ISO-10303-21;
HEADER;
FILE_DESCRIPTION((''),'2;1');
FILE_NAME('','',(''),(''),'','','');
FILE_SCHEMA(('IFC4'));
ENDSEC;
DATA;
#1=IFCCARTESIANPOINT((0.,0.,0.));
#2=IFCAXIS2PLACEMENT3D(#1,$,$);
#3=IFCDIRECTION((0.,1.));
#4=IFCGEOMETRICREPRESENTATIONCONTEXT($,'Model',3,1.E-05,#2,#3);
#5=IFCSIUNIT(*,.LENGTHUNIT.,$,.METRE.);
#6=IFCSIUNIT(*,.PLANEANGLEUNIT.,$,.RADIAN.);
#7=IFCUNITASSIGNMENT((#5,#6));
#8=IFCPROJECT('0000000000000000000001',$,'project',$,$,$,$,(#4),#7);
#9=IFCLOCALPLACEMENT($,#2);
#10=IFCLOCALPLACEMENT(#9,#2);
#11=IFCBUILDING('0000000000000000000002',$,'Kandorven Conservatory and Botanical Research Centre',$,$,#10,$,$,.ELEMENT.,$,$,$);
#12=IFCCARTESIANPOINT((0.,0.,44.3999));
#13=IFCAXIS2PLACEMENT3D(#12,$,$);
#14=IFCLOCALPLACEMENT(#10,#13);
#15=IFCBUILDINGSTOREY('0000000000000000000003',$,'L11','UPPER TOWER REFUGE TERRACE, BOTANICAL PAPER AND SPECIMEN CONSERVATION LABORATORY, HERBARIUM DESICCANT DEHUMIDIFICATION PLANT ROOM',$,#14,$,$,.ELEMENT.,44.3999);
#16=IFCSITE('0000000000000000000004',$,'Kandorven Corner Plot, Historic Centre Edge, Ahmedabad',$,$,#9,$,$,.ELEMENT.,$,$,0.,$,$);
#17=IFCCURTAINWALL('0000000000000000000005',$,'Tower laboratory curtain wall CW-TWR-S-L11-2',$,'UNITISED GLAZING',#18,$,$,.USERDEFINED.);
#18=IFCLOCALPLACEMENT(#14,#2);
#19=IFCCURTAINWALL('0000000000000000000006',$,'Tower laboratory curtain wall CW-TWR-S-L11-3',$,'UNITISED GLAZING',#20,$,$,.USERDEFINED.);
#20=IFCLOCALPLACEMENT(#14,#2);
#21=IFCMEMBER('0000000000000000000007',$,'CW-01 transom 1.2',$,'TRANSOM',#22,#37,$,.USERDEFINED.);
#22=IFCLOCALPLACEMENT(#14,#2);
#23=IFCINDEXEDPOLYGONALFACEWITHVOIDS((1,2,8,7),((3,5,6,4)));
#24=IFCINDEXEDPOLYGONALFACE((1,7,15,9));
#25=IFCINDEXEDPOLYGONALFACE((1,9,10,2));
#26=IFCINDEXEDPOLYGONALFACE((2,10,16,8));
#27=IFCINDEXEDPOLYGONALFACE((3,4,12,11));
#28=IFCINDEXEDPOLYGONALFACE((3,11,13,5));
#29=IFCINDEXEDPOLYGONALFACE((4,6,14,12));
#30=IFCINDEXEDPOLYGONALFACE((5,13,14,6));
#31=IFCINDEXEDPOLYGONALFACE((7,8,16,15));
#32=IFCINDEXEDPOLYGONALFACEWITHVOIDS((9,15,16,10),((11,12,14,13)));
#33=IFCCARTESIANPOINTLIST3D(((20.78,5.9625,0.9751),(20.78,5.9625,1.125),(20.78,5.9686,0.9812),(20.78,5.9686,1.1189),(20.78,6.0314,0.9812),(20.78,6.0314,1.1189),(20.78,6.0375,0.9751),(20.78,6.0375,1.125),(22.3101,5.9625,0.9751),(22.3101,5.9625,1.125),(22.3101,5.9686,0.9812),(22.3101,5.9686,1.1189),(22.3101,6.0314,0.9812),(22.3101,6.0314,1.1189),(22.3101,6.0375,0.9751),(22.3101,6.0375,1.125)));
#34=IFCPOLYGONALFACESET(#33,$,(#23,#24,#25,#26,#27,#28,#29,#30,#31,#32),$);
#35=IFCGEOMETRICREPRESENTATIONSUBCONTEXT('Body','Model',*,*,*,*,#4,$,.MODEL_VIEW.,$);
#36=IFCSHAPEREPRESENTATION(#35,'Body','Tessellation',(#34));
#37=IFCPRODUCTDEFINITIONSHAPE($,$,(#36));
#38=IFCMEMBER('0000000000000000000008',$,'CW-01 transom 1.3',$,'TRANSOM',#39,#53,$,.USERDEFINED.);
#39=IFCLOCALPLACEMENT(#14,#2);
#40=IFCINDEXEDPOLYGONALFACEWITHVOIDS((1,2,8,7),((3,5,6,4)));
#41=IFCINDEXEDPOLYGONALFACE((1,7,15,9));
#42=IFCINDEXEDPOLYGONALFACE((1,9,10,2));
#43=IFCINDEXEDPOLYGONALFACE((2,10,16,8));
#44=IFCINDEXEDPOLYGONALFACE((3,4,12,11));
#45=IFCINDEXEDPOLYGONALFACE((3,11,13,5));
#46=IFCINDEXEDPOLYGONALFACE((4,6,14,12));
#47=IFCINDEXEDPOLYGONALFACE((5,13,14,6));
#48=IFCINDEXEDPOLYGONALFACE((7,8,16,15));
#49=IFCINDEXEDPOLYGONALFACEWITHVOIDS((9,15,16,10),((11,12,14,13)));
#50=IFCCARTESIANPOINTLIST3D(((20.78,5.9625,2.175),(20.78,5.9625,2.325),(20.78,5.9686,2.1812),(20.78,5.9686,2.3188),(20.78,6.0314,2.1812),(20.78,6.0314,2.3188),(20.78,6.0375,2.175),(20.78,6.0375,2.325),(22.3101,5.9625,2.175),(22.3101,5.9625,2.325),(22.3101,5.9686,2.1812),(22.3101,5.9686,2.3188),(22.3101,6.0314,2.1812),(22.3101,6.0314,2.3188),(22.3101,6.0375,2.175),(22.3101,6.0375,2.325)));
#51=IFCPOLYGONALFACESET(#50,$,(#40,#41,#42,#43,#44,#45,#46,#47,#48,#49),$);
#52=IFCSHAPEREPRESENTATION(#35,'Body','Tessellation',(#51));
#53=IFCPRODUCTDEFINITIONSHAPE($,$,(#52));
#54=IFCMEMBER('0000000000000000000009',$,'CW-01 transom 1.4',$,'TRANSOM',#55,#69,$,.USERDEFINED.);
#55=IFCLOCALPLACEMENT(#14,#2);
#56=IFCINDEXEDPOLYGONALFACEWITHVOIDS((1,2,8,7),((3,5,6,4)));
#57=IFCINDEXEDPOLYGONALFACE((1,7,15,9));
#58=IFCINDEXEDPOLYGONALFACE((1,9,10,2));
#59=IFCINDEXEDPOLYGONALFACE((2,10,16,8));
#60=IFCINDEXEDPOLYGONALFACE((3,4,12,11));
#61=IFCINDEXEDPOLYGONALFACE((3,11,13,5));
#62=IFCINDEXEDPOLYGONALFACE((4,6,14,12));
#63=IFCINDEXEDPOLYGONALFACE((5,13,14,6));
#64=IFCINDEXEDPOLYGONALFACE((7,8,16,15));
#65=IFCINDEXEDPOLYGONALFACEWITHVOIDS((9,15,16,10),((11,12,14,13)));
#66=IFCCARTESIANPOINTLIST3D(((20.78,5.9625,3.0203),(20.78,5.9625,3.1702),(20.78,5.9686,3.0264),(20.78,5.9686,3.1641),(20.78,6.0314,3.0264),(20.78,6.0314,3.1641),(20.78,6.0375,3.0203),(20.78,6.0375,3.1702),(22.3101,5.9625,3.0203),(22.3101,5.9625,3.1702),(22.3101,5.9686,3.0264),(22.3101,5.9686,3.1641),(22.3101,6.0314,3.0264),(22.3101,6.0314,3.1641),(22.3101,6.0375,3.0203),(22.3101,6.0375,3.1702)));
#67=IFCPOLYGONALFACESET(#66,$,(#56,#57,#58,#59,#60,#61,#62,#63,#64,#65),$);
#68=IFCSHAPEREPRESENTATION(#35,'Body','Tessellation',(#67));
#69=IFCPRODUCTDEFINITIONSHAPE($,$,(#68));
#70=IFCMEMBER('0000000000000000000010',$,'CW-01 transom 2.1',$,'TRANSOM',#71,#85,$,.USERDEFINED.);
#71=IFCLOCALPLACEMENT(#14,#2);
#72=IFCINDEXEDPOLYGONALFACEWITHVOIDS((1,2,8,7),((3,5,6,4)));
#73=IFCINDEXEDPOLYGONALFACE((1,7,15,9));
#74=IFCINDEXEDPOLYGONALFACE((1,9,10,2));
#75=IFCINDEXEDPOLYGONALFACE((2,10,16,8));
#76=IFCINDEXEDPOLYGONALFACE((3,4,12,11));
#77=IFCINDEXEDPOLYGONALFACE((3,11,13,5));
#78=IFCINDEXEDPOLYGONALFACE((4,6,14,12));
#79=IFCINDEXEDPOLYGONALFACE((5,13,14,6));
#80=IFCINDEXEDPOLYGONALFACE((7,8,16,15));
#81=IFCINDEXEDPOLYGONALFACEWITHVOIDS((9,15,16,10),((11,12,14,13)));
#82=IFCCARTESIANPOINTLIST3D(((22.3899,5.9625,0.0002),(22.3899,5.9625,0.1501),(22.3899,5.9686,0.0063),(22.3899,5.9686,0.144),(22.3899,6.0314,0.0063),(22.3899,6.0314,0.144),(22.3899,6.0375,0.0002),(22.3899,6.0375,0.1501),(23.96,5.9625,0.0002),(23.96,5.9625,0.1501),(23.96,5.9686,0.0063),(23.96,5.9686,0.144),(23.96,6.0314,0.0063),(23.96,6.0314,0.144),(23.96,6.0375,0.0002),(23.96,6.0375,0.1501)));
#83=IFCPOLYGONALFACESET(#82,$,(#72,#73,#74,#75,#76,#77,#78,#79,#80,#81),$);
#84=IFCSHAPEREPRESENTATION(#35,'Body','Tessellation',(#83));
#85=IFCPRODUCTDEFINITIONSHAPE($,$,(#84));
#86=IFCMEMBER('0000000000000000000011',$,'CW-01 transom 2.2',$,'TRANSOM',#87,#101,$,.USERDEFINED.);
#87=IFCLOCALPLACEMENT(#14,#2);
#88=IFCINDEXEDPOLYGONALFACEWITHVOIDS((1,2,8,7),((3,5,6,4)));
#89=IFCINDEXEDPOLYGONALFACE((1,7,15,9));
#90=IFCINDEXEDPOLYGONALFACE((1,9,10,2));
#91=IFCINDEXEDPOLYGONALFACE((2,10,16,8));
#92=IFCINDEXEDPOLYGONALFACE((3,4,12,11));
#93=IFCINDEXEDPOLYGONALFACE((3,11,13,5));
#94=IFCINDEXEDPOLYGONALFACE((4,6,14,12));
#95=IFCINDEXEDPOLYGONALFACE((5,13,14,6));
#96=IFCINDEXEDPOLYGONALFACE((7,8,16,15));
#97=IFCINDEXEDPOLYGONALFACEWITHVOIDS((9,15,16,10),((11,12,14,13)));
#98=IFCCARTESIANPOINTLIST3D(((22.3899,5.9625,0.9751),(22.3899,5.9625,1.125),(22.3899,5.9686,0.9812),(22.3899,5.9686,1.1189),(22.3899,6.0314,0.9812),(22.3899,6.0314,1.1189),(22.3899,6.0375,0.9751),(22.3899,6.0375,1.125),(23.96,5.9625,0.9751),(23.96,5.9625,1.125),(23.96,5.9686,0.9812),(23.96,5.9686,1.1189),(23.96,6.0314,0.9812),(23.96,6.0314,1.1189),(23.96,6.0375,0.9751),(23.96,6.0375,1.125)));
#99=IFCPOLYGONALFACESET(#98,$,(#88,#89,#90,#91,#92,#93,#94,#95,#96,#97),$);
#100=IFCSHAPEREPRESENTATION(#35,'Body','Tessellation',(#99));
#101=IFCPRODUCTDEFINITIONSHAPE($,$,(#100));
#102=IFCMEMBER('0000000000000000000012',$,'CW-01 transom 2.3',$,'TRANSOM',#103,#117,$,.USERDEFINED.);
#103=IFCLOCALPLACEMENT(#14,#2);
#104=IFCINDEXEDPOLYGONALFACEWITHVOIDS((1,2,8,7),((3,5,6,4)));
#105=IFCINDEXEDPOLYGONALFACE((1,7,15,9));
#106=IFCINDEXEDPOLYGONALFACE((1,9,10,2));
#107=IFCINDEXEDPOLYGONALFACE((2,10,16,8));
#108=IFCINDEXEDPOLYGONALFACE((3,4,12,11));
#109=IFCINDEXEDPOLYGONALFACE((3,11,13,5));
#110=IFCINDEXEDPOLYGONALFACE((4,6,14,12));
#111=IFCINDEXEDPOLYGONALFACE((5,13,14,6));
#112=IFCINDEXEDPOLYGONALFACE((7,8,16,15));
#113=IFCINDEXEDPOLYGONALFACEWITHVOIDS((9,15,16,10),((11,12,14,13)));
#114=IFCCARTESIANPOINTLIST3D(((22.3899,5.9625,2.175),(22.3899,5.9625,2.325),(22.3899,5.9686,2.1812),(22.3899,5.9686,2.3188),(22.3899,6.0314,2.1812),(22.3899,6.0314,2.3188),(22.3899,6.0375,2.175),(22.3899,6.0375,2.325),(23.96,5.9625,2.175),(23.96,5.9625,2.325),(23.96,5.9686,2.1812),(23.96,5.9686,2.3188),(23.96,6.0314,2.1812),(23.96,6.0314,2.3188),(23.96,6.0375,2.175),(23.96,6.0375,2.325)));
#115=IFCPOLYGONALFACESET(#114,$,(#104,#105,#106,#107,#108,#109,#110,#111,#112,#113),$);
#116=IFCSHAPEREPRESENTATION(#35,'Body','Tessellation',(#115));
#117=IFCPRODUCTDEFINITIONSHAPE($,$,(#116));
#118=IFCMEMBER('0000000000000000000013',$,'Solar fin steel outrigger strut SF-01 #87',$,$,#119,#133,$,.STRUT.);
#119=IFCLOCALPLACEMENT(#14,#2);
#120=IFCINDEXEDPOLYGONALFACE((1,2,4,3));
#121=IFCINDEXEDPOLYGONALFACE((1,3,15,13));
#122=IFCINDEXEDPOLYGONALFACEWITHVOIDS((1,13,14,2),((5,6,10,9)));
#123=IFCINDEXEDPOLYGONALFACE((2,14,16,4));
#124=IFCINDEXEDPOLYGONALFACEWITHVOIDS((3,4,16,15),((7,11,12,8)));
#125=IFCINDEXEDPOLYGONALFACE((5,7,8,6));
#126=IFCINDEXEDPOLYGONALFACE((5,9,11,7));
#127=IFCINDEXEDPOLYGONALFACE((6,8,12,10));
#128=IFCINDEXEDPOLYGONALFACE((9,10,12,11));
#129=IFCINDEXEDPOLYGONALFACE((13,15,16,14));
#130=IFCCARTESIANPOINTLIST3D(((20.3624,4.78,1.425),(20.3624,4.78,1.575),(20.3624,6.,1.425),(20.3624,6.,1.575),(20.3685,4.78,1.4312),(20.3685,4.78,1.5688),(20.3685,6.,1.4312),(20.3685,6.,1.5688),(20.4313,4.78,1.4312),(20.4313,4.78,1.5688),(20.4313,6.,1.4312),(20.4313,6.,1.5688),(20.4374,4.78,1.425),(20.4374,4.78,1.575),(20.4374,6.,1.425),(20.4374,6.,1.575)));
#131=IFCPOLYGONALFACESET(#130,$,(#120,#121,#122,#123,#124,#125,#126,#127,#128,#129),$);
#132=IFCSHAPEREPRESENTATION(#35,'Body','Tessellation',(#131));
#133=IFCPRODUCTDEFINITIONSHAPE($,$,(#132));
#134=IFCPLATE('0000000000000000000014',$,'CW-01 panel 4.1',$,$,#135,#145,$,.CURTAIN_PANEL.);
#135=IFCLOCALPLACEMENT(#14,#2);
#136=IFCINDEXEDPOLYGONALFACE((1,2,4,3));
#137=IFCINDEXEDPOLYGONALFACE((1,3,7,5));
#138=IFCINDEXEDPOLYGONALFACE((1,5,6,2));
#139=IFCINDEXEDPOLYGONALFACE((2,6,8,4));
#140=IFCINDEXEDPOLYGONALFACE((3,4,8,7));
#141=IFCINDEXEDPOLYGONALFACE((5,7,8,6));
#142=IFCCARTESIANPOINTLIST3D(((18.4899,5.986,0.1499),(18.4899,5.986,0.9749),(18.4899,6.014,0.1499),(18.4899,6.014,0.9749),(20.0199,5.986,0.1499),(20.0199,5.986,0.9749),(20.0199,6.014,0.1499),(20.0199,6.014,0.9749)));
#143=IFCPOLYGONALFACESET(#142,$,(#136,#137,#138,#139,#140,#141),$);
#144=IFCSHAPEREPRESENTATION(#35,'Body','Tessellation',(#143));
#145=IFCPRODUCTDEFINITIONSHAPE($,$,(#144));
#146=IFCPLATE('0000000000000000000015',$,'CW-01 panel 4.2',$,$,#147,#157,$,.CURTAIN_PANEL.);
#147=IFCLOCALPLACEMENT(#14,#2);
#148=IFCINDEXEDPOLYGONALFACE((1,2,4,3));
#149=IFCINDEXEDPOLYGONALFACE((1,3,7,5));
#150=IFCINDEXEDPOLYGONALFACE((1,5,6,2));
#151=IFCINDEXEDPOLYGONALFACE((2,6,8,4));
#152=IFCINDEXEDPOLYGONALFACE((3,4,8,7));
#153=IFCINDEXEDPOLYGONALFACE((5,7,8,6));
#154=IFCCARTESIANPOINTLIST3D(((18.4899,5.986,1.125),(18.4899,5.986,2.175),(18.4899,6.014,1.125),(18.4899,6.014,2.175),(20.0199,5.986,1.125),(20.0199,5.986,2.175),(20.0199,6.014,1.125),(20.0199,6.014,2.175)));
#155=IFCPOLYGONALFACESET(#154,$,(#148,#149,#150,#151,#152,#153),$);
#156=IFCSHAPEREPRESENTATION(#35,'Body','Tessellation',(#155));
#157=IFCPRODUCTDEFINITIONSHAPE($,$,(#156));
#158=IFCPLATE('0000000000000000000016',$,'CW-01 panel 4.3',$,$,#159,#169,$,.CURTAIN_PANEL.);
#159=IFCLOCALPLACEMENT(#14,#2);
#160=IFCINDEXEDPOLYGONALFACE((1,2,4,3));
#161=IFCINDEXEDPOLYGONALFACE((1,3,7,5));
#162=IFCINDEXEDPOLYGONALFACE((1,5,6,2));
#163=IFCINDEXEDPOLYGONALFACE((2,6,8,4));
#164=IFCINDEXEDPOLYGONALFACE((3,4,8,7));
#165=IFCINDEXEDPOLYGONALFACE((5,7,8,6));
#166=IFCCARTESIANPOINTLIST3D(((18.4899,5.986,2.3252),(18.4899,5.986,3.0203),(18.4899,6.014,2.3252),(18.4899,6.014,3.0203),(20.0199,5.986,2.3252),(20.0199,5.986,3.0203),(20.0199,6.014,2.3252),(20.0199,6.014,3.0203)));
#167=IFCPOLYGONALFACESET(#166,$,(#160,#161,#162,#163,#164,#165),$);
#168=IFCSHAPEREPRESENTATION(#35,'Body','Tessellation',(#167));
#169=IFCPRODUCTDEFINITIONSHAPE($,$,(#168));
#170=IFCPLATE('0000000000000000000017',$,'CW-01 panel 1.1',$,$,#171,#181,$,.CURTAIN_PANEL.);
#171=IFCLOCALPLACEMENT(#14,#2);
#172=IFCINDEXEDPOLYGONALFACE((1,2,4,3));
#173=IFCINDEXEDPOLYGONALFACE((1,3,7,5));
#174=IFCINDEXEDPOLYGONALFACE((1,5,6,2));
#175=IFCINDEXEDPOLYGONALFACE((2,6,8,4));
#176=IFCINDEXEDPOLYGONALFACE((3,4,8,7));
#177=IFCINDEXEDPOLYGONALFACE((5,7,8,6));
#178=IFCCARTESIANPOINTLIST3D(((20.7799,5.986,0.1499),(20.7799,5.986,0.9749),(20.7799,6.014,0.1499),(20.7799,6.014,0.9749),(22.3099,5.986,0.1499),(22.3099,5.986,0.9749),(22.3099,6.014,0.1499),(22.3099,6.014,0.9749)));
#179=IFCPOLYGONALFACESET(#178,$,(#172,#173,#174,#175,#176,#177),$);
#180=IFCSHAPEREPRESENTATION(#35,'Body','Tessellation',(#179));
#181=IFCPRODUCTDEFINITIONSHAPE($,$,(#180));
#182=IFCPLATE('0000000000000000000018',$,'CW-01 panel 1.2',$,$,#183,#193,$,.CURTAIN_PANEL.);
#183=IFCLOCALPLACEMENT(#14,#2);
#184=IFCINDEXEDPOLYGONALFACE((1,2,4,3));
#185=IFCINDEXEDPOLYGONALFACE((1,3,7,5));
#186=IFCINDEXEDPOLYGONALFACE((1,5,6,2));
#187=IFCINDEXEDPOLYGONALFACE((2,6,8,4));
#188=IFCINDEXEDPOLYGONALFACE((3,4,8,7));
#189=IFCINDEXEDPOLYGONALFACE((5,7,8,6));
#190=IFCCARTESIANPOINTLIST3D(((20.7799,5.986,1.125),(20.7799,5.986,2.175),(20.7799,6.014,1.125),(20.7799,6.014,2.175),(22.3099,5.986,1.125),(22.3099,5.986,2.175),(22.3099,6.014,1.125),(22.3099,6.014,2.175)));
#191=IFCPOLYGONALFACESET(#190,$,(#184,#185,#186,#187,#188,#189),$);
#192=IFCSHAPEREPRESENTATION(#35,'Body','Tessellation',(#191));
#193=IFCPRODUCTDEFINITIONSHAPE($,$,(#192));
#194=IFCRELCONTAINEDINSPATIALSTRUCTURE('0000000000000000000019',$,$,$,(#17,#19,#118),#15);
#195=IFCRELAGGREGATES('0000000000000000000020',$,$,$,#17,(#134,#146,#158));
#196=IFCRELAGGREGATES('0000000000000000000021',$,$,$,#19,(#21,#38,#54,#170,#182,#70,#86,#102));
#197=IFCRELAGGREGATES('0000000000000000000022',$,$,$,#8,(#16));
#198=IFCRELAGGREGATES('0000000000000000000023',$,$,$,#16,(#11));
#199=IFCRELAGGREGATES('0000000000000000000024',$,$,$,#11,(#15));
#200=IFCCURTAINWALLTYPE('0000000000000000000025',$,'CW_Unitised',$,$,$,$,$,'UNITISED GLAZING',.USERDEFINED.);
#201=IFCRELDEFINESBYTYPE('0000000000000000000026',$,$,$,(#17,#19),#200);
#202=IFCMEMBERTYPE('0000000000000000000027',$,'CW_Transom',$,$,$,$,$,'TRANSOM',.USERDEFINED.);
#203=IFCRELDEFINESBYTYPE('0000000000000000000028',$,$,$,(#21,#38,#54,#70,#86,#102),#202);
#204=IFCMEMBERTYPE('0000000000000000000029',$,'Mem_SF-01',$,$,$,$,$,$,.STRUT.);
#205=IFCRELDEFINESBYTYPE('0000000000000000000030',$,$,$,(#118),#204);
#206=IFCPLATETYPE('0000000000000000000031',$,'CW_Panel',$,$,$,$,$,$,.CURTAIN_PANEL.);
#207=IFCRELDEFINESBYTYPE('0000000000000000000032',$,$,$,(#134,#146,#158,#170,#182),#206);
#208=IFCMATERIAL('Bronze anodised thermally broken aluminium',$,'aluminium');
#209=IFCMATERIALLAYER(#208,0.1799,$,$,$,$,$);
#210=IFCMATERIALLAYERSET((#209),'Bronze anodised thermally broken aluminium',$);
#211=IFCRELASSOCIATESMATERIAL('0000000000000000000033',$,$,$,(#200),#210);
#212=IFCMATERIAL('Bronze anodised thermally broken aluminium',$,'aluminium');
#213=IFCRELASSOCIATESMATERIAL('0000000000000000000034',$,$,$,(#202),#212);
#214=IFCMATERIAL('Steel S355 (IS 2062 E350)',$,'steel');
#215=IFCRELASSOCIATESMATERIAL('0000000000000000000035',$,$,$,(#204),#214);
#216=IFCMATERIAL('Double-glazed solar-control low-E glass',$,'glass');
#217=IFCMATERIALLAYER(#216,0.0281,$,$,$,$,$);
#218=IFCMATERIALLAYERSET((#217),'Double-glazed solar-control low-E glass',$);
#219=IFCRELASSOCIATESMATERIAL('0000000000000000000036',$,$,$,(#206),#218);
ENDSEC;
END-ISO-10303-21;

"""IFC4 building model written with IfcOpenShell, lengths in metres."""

from ifc_helpers import new_model, si_unit, direction, frame, origin, origin_2d, place, context, subcontext, project, spatial, rectangle, hollow_rectangle, extrude, material, layer, layer_set, material_profile, profile_set, type_object, element, aggregate, save


model = new_model("IFC4")

# Units and contexts
model_context = context("Model", 3, precision=1e-05, world=origin(), true_north=direction((0.0, 1.0)))
body_context = subcontext(model_context, "Body", "Model", "MODEL_VIEW")
ifc_project = project(units=[si_unit("LENGTHUNIT", "METRE"), si_unit("PLANEANGLEUNIT", "RADIAN")], contexts=[model_context])

# Site, building, storey
site_placement = place(None, origin())
site = spatial("IfcSite", under=ifc_project, at=site_placement, Name="Kandorven Corner Plot, Historic Centre Edge, Ahmedabad", CompositionType="ELEMENT", RefElevation=0.0)
building_placement = place(site_placement, origin())
building = spatial("IfcBuilding", under=site, at=building_placement, Name="Kandorven Conservatory and Botanical Research Centre", CompositionType="ELEMENT")
storey_placement = place(building_placement, frame((0.0, 0.0, 44.3999)))
storey = spatial("IfcBuildingStorey", under=building, at=storey_placement, Name="L11", Description="UPPER TOWER REFUGE TERRACE, BOTANICAL PAPER AND SPECIMEN CONSERVATION LABORATORY, HERBARIUM DESICCANT DEHUMIDIFICATION PLANT ROOM", CompositionType="ELEMENT", Elevation=44.3999)

# Curtain wall
ifc_material_1 = material(Name="Bronze anodised thermally broken aluminium", Category="aluminium")
ifc_layer_1 = layer(ifc_material_1, 0.1799)
ifc_layer_set_1 = layer_set([ifc_layer_1], Name="Bronze anodised thermally broken aluminium")
curtain_wall_type = type_object("IfcCurtainWallType", Name="CW_Unitised", ElementType="UNITISED GLAZING", PredefinedType="USERDEFINED", material=ifc_layer_set_1)
curtain_wall_1_placement = place(storey_placement, origin())
curtain_wall_1 = element("IfcCurtainWall", 1, at=curtain_wall_1_placement, inside=storey, type_object=curtain_wall_type, Name="Tower laboratory curtain wall CW-TWR-S-L11-2", ObjectType="UNITISED GLAZING", PredefinedType="USERDEFINED")

# Curtain wall
curtain_wall_2_placement = place(storey_placement, origin())
curtain_wall_2 = element("IfcCurtainWall", 2, at=curtain_wall_2_placement, inside=storey, type_object=curtain_wall_type, Name="Tower laboratory curtain wall CW-TWR-S-L11-3", ObjectType="UNITISED GLAZING", PredefinedType="USERDEFINED")

# Members
ifc_material_2 = material(Name="Bronze anodised thermally broken aluminium", Category="aluminium")
ifc_material_profile_1 = material_profile(ifc_material_2, hollow_rectangle(XDim=0.075, YDim=0.1499, WallThickness=0.0061, at=origin_2d()))
ifc_profile_set_1 = profile_set([ifc_material_profile_1], Name="Bronze anodised thermally broken aluminium")
member_type_1 = type_object("IfcMemberType", Name="CW_Transom", ElementType="TRANSOM", PredefinedType="USERDEFINED", material=ifc_profile_set_1)
member_1_placement = place(storey_placement, frame((20.78, 6.0, 1.05), z_axis=(1.0, 0.0, 0.0), x_axis=(0.0, 1.0, 0.0)))
member_1 = element("IfcMember", 3, at=member_1_placement, type_object=member_type_1, Name="CW-01 transom 1.2", ObjectType="TRANSOM", PredefinedType="USERDEFINED", context=body_context, shape_type="SweptSolid", body=[
    extrude(hollow_rectangle(XDim=0.075, YDim=0.1499, WallThickness=0.0061, at=origin_2d()), origin(), (0.0, 0.0, 1.0), 1.53),
])
member_2_placement = place(storey_placement, frame((20.78, 6.0, 2.25), z_axis=(1.0, 0.0, 0.0), x_axis=(0.0, 1.0, 0.0)))
member_2 = element("IfcMember", 4, at=member_2_placement, type_object=member_type_1, Name="CW-01 transom 1.3", ObjectType="TRANSOM", PredefinedType="USERDEFINED", context=body_context, shape_type="SweptSolid", body=[
    extrude(hollow_rectangle(XDim=0.075, YDim=0.1499, WallThickness=0.0061, at=origin_2d()), origin(), (0.0, 0.0, 1.0), 1.53),
])
member_3_placement = place(storey_placement, frame((20.78, 6.0, 3.0952), z_axis=(1.0, 0.0, 0.0), x_axis=(0.0, 1.0, 0.0)))
member_3 = element("IfcMember", 5, at=member_3_placement, type_object=member_type_1, Name="CW-01 transom 1.4", ObjectType="TRANSOM", PredefinedType="USERDEFINED", context=body_context, shape_type="SweptSolid", body=[
    extrude(hollow_rectangle(XDim=0.075, YDim=0.1499, WallThickness=0.0061, at=origin_2d()), origin(), (0.0, 0.0, 1.0), 1.53),
])
member_4_placement = place(storey_placement, frame((22.3899, 6.0, 0.0752), z_axis=(1.0, 0.0, 0.0), x_axis=(0.0, 1.0, 0.0)))
member_4 = element("IfcMember", 6, at=member_4_placement, type_object=member_type_1, Name="CW-01 transom 2.1", ObjectType="TRANSOM", PredefinedType="USERDEFINED", context=body_context, shape_type="SweptSolid", body=[
    extrude(hollow_rectangle(XDim=0.075, YDim=0.1499, WallThickness=0.0061, at=origin_2d()), origin(), (0.0, 0.0, 1.0), 1.5701),
])
member_5_placement = place(storey_placement, frame((22.3899, 6.0, 1.05), z_axis=(1.0, 0.0, 0.0), x_axis=(0.0, 1.0, 0.0)))
member_5 = element("IfcMember", 7, at=member_5_placement, type_object=member_type_1, Name="CW-01 transom 2.2", ObjectType="TRANSOM", PredefinedType="USERDEFINED", context=body_context, shape_type="SweptSolid", body=[
    extrude(hollow_rectangle(XDim=0.075, YDim=0.1499, WallThickness=0.0061, at=origin_2d()), origin(), (0.0, 0.0, 1.0), 1.5701),
])
member_6_placement = place(storey_placement, frame((22.3899, 6.0, 2.25), z_axis=(1.0, 0.0, 0.0), x_axis=(0.0, 1.0, 0.0)))
member_6 = element("IfcMember", 8, at=member_6_placement, type_object=member_type_1, Name="CW-01 transom 2.3", ObjectType="TRANSOM", PredefinedType="USERDEFINED", context=body_context, shape_type="SweptSolid", body=[
    extrude(hollow_rectangle(XDim=0.075, YDim=0.1499, WallThickness=0.0061, at=origin_2d()), origin(), (0.0, 0.0, 1.0), 1.5701),
])
ifc_material_3 = material(Name="Steel S355 (IS 2062 E350)", Category="steel")
ifc_material_profile_2 = material_profile(ifc_material_3, hollow_rectangle(XDim=0.075, YDim=0.1499, WallThickness=0.0061, at=origin_2d()))
ifc_profile_set_2 = profile_set([ifc_material_profile_2], Name="Steel S355 (IS 2062 E350)")
member_type_2 = type_object("IfcMemberType", Name="Mem_SF-01", PredefinedType="STRUT", material=ifc_profile_set_2)
member_7_placement = place(storey_placement, frame((20.3999, 6.0, 1.5), z_axis=(0.0, -1.0, 0.0), x_axis=(1.0, 0.0, 0.0)))
element("IfcMember", 9, at=member_7_placement, inside=storey, type_object=member_type_2, Name="Solar fin steel outrigger strut SF-01 #87", PredefinedType="STRUT", context=body_context, shape_type="SweptSolid", body=[
    extrude(hollow_rectangle(XDim=0.075, YDim=0.1499, WallThickness=0.0061, at=origin_2d()), origin(), (0.0, 0.0, 1.0), 1.22),
])

# Plates
ifc_material_4 = material(Name="Double-glazed solar-control low-E glass", Category="glass")
ifc_layer_2 = layer(ifc_material_4, 0.0281)
ifc_layer_set_2 = layer_set([ifc_layer_2], Name="Double-glazed solar-control low-E glass")
plate_type_1 = type_object("IfcPlateType", Name="CW_Panel", PredefinedType="CURTAIN_PANEL", material=ifc_layer_set_2)
plate_1_placement = place(storey_placement, frame((19.2549, 6.0, 0.1499), z_axis=(0.0, 0.0, 1.0), x_axis=(1.0, 0.0, 0.0)))
plate_1 = element("IfcPlate", 10, at=plate_1_placement, type_object=plate_type_1, Name="CW-01 panel 4.1", PredefinedType="CURTAIN_PANEL", context=body_context, shape_type="SweptSolid", body=[
    extrude(rectangle(XDim=1.53, YDim=0.0281, at=origin_2d()), origin(), (0.0, 0.0, 1.0), 0.825),
])
plate_2_placement = place(storey_placement, frame((19.2549, 6.0, 1.125), z_axis=(0.0, 0.0, 1.0), x_axis=(1.0, 0.0, 0.0)))
plate_2 = element("IfcPlate", 11, at=plate_2_placement, type_object=plate_type_1, Name="CW-01 panel 4.2", PredefinedType="CURTAIN_PANEL", context=body_context, shape_type="SweptSolid", body=[
    extrude(rectangle(XDim=1.53, YDim=0.0281, at=origin_2d()), origin(), (0.0, 0.0, 1.0), 1.05),
])
plate_3_placement = place(storey_placement, frame((19.2549, 6.0, 2.3252), z_axis=(0.0, 0.0, 1.0), x_axis=(1.0, 0.0, 0.0)))
plate_3 = element("IfcPlate", 12, at=plate_3_placement, type_object=plate_type_1, Name="CW-01 panel 4.3", PredefinedType="CURTAIN_PANEL", context=body_context, shape_type="SweptSolid", body=[
    extrude(rectangle(XDim=1.53, YDim=0.0281, at=origin_2d()), origin(), (0.0, 0.0, 1.0), 0.6951),
])
aggregate(curtain_wall_1, [plate_1, plate_2, plate_3])
plate_4_placement = place(storey_placement, frame((21.5449, 6.0, 0.1499), z_axis=(0.0, 0.0, 1.0), x_axis=(1.0, 0.0, 0.0)))
plate_4 = element("IfcPlate", 13, at=plate_4_placement, type_object=plate_type_1, Name="CW-01 panel 1.1", PredefinedType="CURTAIN_PANEL", context=body_context, shape_type="SweptSolid", body=[
    extrude(rectangle(XDim=1.53, YDim=0.0281, at=origin_2d()), origin(), (0.0, 0.0, 1.0), 0.825),
])
plate_5_placement = place(storey_placement, frame((21.5449, 6.0, 1.125), z_axis=(0.0, 0.0, 1.0), x_axis=(1.0, 0.0, 0.0)))
plate_5 = element("IfcPlate", 14, at=plate_5_placement, type_object=plate_type_1, Name="CW-01 panel 1.2", PredefinedType="CURTAIN_PANEL", context=body_context, shape_type="SweptSolid", body=[
    extrude(rectangle(XDim=1.53, YDim=0.0281, at=origin_2d()), origin(), (0.0, 0.0, 1.0), 1.05),
])
aggregate(curtain_wall_2, [member_1, member_2, member_3, plate_4, plate_5, member_4, member_5, member_6])

save(model, "model.ifc")
